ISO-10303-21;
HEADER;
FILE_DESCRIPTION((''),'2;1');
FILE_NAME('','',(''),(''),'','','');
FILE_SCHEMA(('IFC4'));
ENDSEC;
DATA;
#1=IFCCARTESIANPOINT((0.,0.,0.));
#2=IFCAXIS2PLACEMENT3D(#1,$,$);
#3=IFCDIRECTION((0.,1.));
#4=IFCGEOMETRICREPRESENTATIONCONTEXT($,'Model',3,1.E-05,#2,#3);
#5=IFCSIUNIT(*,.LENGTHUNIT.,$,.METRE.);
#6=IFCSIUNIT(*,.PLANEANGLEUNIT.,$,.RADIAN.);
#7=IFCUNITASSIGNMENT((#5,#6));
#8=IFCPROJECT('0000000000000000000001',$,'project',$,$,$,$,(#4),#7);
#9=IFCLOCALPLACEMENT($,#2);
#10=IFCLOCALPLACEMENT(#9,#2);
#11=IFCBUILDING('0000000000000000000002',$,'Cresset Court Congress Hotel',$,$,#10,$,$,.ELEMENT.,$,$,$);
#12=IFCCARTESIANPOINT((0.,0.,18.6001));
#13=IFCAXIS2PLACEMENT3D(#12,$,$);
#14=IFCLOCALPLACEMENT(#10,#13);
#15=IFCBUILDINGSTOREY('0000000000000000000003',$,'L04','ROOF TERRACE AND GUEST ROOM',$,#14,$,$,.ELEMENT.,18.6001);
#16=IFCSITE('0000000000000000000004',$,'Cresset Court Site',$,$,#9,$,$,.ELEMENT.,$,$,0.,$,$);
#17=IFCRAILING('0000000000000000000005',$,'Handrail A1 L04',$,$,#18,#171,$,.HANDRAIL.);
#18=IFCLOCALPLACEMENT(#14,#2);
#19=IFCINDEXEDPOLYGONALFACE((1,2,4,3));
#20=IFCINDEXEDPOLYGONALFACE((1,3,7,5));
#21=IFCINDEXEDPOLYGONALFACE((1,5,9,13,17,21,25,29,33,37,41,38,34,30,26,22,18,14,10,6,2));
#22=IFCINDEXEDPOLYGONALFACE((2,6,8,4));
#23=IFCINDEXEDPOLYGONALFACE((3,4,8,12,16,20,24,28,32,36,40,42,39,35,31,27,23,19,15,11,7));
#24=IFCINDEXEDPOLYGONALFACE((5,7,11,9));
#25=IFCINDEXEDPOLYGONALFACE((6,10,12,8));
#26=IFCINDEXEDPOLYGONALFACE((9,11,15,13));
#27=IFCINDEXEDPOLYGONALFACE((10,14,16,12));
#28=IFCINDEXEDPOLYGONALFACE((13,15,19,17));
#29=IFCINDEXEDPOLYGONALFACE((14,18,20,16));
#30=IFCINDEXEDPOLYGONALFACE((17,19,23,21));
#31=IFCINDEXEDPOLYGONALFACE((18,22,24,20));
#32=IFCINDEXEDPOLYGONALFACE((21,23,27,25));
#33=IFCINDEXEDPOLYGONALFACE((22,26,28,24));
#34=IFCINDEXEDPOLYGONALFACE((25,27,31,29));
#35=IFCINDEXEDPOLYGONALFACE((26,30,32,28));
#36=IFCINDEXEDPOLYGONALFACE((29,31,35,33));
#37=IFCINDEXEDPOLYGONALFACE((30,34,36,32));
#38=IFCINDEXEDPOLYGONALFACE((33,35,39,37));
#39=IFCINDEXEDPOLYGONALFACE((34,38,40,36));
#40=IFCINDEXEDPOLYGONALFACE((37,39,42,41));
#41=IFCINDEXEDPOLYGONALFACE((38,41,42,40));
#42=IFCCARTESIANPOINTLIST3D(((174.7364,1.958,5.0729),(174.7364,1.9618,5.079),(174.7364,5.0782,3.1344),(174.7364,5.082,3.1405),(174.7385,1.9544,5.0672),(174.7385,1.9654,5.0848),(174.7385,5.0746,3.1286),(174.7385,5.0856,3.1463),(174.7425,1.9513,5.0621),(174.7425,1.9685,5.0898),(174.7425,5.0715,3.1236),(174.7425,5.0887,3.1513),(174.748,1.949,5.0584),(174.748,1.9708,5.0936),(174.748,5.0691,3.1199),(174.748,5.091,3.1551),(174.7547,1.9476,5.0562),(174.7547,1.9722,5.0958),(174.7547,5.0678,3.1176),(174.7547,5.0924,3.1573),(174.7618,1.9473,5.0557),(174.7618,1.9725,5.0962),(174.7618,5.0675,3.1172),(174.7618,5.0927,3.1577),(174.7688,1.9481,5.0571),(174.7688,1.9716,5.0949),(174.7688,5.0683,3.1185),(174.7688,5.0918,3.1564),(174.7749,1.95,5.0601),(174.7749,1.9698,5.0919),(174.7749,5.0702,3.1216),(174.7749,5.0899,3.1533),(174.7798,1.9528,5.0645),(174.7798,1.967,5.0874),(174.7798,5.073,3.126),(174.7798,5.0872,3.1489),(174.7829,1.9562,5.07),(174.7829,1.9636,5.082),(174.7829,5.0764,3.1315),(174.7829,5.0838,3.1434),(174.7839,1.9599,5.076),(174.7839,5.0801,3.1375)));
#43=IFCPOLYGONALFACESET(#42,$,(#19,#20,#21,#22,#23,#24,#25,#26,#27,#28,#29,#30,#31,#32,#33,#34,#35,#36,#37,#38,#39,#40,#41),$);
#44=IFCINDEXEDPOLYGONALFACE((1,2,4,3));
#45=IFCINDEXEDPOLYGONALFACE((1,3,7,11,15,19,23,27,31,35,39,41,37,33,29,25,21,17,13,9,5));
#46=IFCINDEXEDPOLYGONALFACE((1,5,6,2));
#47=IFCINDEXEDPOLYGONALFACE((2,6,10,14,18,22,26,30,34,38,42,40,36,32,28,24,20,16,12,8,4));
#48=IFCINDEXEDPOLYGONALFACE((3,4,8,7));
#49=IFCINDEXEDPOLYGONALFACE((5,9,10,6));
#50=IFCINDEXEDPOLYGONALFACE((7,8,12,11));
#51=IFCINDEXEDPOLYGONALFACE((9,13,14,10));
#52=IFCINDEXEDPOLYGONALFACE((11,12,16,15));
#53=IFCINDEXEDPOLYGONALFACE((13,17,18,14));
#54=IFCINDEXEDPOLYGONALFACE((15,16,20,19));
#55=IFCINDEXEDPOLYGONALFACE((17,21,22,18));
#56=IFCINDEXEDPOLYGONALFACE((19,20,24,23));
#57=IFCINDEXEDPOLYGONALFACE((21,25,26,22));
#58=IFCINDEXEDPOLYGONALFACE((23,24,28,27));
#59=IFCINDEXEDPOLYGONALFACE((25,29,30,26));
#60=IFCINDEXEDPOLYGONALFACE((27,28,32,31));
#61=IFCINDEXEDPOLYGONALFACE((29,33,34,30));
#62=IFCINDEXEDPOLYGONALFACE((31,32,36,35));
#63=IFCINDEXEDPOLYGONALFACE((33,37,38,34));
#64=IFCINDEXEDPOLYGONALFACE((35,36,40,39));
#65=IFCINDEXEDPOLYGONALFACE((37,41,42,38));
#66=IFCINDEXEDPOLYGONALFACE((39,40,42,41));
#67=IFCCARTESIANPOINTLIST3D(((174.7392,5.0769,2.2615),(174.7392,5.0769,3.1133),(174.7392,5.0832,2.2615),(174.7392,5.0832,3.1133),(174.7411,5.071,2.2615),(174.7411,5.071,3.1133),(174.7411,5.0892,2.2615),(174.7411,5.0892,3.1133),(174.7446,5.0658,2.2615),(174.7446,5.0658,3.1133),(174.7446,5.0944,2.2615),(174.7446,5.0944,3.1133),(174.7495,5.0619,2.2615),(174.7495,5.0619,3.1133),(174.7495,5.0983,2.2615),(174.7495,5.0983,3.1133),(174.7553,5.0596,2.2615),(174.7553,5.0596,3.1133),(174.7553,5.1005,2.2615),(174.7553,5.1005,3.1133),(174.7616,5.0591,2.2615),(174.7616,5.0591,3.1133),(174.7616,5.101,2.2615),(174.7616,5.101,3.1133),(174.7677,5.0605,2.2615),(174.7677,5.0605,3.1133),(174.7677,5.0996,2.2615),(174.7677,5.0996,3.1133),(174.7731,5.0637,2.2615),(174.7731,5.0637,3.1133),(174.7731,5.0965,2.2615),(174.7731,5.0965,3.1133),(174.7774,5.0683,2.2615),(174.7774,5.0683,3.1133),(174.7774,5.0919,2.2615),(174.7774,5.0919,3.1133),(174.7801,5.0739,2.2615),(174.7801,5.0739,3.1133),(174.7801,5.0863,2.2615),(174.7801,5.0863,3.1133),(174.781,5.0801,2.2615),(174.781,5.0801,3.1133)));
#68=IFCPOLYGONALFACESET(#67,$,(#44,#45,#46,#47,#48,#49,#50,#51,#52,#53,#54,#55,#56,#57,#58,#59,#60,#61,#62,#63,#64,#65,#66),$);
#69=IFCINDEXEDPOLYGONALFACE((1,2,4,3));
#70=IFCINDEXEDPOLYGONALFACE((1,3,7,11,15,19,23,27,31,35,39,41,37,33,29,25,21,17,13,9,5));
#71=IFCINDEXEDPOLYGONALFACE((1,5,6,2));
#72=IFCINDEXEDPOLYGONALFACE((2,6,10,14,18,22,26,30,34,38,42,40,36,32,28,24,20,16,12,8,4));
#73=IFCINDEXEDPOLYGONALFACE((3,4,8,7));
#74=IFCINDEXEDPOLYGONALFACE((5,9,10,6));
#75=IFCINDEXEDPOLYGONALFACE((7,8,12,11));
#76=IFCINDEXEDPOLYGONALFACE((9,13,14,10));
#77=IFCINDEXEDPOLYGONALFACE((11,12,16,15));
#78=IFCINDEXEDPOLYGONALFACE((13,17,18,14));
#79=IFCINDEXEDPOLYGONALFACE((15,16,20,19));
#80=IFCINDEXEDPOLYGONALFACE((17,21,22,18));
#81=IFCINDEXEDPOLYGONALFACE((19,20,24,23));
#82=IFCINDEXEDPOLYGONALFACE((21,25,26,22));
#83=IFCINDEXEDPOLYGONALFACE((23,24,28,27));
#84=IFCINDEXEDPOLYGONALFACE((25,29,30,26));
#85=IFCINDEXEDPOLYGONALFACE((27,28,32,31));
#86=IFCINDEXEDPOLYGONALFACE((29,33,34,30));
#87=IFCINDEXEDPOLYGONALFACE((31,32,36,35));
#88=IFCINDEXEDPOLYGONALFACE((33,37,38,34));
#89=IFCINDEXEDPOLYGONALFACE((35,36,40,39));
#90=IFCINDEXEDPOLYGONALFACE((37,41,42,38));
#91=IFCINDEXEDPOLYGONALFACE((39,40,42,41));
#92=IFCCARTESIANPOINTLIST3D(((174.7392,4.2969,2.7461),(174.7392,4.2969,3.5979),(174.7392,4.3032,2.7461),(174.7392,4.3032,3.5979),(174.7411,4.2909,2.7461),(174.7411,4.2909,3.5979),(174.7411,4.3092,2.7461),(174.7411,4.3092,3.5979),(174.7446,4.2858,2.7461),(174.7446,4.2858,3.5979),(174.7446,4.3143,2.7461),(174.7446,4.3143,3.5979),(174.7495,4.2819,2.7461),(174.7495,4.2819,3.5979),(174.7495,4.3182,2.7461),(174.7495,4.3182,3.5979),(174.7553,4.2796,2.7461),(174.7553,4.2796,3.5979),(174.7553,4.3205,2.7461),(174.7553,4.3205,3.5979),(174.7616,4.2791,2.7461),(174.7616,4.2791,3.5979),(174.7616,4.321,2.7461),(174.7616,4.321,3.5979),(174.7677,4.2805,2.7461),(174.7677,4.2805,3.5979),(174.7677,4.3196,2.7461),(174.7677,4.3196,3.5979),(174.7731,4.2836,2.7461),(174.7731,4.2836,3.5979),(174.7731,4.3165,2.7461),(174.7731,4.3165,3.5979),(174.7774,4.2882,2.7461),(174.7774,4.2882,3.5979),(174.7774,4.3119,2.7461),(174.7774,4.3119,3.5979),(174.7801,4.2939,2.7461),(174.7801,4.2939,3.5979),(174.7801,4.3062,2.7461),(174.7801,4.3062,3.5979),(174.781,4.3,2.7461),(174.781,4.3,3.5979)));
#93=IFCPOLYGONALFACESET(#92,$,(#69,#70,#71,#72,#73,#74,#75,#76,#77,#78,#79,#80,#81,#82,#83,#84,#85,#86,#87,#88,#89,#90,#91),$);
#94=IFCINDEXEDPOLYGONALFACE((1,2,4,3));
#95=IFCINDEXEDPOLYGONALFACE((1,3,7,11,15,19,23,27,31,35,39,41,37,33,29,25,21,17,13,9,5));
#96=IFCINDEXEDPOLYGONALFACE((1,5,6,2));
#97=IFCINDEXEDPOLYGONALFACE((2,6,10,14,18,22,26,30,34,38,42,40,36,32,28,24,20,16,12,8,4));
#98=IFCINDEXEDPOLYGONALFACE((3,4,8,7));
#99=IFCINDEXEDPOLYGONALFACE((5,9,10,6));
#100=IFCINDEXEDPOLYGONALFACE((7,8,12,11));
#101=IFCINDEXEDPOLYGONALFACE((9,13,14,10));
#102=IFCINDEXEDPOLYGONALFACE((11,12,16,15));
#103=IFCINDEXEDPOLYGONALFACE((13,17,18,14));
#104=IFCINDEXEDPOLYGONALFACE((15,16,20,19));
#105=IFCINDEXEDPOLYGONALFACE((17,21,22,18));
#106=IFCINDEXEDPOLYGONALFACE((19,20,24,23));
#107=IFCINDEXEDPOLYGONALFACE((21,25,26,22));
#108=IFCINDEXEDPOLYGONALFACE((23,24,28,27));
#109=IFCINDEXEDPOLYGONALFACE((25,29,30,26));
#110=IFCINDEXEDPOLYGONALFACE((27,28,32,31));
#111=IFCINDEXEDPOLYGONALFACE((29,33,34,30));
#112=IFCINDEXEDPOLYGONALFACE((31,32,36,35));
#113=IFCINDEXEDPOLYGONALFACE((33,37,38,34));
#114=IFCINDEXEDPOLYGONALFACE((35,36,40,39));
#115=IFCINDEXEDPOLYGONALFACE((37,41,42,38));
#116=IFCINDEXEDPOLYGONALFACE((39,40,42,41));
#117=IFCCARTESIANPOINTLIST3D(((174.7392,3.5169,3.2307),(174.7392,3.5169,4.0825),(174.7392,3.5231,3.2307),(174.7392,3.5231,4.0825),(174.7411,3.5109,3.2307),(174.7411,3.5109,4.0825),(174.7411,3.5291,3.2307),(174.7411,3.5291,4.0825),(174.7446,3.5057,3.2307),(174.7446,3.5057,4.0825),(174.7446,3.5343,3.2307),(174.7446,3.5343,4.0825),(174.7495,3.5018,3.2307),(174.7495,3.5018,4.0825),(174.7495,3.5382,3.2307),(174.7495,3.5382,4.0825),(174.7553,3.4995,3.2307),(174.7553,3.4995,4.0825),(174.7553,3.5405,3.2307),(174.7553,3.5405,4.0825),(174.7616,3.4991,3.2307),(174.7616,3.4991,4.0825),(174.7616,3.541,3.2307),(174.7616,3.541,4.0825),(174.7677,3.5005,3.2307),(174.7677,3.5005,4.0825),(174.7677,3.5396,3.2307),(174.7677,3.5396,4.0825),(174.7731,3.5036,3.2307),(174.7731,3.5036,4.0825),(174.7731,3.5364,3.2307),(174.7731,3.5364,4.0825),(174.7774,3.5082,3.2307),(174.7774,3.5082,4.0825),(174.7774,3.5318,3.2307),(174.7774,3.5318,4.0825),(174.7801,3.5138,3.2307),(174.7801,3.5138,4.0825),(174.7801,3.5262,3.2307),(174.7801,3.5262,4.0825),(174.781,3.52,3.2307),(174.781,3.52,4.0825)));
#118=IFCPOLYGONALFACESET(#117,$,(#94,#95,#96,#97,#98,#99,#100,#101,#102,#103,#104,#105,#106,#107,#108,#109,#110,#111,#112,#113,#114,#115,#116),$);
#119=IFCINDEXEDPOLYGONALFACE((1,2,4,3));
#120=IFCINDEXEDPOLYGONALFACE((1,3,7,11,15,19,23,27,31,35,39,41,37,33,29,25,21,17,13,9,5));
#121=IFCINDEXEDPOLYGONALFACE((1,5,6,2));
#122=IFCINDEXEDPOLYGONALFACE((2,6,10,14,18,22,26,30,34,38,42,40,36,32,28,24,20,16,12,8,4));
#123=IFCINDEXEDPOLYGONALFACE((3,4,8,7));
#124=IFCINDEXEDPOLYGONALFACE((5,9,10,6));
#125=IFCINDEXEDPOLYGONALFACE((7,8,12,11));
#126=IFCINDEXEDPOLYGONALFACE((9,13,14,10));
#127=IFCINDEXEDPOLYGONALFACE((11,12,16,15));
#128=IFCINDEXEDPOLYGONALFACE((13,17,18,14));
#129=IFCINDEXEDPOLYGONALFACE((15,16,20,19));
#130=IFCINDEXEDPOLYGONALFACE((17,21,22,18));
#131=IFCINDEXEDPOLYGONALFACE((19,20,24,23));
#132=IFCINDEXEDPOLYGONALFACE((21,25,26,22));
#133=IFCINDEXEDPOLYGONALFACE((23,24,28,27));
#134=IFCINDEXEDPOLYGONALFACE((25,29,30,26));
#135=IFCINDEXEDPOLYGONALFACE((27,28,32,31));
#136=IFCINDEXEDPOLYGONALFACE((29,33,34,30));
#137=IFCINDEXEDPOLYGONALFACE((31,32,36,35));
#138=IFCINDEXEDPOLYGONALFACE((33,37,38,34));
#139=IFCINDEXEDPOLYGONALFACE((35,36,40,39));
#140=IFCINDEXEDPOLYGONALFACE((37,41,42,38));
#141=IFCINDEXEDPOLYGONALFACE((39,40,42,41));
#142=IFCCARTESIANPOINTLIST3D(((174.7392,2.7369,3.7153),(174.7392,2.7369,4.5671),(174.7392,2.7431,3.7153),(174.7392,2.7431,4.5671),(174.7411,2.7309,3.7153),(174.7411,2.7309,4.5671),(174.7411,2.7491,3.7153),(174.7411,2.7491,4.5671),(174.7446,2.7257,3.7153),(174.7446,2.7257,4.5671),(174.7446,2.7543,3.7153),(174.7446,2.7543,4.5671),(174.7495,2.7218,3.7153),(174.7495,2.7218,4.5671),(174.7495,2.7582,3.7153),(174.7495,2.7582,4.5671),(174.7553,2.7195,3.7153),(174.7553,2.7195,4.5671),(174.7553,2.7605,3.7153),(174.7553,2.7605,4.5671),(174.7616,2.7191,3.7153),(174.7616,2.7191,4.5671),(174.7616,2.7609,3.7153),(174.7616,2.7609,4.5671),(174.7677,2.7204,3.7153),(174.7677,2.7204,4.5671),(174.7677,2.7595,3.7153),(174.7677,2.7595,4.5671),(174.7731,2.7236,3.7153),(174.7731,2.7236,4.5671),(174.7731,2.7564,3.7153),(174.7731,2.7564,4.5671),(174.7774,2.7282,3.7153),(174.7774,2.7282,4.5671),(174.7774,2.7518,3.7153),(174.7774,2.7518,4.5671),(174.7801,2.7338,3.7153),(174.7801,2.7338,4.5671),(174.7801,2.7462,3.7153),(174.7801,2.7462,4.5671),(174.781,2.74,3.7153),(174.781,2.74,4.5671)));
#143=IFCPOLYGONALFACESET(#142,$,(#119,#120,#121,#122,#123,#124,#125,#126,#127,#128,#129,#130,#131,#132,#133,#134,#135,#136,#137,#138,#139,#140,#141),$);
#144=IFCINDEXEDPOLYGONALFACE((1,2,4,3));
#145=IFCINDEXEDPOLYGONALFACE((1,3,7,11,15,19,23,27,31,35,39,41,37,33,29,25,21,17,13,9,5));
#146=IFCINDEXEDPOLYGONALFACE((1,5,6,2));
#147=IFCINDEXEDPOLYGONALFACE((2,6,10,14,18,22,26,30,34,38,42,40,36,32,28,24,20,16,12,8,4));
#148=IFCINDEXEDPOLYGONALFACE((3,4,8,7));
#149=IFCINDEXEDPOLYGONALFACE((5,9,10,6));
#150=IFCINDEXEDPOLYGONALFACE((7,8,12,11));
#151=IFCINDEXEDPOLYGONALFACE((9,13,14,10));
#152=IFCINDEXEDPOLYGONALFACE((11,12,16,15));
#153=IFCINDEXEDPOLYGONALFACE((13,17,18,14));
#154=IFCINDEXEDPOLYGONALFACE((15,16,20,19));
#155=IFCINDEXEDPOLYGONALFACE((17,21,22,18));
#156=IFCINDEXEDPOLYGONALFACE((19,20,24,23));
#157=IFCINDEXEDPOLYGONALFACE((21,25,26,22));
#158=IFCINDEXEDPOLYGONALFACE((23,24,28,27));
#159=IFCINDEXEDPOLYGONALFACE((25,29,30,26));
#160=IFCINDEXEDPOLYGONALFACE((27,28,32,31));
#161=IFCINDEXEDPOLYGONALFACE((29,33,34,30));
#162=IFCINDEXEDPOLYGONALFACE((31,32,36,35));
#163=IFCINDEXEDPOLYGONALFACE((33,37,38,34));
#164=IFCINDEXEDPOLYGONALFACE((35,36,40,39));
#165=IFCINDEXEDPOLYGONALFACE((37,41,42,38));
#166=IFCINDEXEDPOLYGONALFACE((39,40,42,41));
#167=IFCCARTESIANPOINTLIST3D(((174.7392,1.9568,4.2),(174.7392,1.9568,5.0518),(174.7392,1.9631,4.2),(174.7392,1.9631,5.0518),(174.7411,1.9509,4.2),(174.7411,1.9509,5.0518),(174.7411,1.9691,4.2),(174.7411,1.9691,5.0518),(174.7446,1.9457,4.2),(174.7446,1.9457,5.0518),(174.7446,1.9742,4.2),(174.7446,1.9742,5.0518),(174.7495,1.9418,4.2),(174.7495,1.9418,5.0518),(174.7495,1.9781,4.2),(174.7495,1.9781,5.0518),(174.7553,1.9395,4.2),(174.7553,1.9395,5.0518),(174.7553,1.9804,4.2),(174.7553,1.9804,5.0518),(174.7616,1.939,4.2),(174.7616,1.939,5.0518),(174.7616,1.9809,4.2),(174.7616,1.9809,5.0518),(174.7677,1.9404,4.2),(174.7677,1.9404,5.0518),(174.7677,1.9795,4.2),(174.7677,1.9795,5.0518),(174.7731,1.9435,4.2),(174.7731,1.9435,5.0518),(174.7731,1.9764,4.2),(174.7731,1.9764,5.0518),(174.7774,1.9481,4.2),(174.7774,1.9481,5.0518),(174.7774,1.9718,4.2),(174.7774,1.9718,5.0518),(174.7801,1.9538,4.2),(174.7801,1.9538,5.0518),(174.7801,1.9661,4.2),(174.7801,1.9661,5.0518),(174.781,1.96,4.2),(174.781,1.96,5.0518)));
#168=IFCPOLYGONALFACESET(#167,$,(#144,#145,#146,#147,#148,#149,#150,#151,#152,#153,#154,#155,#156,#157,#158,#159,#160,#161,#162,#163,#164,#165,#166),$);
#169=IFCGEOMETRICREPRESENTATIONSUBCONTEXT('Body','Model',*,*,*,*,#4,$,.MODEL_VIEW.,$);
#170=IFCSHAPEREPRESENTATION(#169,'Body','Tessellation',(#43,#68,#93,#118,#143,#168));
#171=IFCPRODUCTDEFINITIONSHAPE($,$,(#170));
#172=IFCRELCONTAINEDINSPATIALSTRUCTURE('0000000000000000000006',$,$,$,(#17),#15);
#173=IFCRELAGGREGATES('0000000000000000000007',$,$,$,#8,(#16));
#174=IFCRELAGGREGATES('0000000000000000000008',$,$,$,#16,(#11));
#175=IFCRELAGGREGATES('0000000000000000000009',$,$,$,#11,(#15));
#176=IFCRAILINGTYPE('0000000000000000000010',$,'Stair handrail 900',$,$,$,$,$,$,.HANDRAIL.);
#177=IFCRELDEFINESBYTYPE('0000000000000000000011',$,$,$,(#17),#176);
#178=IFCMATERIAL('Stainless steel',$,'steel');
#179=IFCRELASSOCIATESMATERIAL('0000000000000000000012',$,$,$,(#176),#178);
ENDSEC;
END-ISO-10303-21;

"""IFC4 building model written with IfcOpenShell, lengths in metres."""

from ifc_helpers import new_model, si_unit, direction, frame, origin, origin_2d, place, context, subcontext, project, spatial, circle, extrude, material, type_object, element, save


model = new_model("IFC4")

# Units and contexts
model_context = context("Model", 3, precision=1e-05, world=origin(), true_north=direction((0.0, 1.0)))
body_context = subcontext(model_context, "Body", "Model", "MODEL_VIEW")
ifc_project = project(units=[si_unit("LENGTHUNIT", "METRE"), si_unit("PLANEANGLEUNIT", "RADIAN")], contexts=[model_context])

# Site, building, storey
site_placement = place(None, origin())
site = spatial("IfcSite", under=ifc_project, at=site_placement, Name="Cresset Court Site", CompositionType="ELEMENT", RefElevation=0.0)
building_placement = place(site_placement, origin())
building = spatial("IfcBuilding", under=site, at=building_placement, Name="Cresset Court Congress Hotel", CompositionType="ELEMENT")
storey_placement = place(building_placement, frame((0.0, 0.0, 18.6001)))
storey = spatial("IfcBuildingStorey", under=building, at=storey_placement, Name="L04", Description="ROOF TERRACE AND GUEST ROOM", CompositionType="ELEMENT", Elevation=18.6001)

# Railing
ifc_material_1 = material(Name="Stainless steel", Category="steel")
railing_type_1 = type_object("IfcRailingType", Name="Stair handrail 900", PredefinedType="HANDRAIL", material=ifc_material_1)
for number, where, name in (
    (1, (174.76, 5.0801, 2.2615), "Handrail A1 L04"),
):
    element("IfcRailing", number, at=place(storey_placement, frame(where)), inside=storey, type_object=railing_type_1, Name=name, PredefinedType="HANDRAIL", context=body_context, shape_type="SweptSolid", body=[
        extrude(circle(Radius=0.0239, at=origin_2d()), frame((0.0, 0.0, 0.876), z_axis=(0.0, -0.849414, 0.527727), x_axis=(1.0, 0.0, 0.0)), (0.0, 0.0, 1.0), 3.6733),
        extrude(circle(Radius=0.021, at=origin_2d()), origin(), (0.0, 0.0, 1.0), 0.8518),
        extrude(circle(Radius=0.021, at=origin_2d()), frame((0.0, -0.78, 0.4846)), (0.0, 0.0, 1.0), 0.8518),
        extrude(circle(Radius=0.021, at=origin_2d()), frame((0.0, -1.5601, 0.9692)), (0.0, 0.0, 1.0), 0.8518),
        extrude(circle(Radius=0.021, at=origin_2d()), frame((0.0, -2.3401, 1.4539)), (0.0, 0.0, 1.0), 0.8518),
        extrude(circle(Radius=0.021, at=origin_2d()), frame((0.0, -3.1201, 1.9385)), (0.0, 0.0, 1.0), 0.8518),
    ])

save(model, "model.ifc")
